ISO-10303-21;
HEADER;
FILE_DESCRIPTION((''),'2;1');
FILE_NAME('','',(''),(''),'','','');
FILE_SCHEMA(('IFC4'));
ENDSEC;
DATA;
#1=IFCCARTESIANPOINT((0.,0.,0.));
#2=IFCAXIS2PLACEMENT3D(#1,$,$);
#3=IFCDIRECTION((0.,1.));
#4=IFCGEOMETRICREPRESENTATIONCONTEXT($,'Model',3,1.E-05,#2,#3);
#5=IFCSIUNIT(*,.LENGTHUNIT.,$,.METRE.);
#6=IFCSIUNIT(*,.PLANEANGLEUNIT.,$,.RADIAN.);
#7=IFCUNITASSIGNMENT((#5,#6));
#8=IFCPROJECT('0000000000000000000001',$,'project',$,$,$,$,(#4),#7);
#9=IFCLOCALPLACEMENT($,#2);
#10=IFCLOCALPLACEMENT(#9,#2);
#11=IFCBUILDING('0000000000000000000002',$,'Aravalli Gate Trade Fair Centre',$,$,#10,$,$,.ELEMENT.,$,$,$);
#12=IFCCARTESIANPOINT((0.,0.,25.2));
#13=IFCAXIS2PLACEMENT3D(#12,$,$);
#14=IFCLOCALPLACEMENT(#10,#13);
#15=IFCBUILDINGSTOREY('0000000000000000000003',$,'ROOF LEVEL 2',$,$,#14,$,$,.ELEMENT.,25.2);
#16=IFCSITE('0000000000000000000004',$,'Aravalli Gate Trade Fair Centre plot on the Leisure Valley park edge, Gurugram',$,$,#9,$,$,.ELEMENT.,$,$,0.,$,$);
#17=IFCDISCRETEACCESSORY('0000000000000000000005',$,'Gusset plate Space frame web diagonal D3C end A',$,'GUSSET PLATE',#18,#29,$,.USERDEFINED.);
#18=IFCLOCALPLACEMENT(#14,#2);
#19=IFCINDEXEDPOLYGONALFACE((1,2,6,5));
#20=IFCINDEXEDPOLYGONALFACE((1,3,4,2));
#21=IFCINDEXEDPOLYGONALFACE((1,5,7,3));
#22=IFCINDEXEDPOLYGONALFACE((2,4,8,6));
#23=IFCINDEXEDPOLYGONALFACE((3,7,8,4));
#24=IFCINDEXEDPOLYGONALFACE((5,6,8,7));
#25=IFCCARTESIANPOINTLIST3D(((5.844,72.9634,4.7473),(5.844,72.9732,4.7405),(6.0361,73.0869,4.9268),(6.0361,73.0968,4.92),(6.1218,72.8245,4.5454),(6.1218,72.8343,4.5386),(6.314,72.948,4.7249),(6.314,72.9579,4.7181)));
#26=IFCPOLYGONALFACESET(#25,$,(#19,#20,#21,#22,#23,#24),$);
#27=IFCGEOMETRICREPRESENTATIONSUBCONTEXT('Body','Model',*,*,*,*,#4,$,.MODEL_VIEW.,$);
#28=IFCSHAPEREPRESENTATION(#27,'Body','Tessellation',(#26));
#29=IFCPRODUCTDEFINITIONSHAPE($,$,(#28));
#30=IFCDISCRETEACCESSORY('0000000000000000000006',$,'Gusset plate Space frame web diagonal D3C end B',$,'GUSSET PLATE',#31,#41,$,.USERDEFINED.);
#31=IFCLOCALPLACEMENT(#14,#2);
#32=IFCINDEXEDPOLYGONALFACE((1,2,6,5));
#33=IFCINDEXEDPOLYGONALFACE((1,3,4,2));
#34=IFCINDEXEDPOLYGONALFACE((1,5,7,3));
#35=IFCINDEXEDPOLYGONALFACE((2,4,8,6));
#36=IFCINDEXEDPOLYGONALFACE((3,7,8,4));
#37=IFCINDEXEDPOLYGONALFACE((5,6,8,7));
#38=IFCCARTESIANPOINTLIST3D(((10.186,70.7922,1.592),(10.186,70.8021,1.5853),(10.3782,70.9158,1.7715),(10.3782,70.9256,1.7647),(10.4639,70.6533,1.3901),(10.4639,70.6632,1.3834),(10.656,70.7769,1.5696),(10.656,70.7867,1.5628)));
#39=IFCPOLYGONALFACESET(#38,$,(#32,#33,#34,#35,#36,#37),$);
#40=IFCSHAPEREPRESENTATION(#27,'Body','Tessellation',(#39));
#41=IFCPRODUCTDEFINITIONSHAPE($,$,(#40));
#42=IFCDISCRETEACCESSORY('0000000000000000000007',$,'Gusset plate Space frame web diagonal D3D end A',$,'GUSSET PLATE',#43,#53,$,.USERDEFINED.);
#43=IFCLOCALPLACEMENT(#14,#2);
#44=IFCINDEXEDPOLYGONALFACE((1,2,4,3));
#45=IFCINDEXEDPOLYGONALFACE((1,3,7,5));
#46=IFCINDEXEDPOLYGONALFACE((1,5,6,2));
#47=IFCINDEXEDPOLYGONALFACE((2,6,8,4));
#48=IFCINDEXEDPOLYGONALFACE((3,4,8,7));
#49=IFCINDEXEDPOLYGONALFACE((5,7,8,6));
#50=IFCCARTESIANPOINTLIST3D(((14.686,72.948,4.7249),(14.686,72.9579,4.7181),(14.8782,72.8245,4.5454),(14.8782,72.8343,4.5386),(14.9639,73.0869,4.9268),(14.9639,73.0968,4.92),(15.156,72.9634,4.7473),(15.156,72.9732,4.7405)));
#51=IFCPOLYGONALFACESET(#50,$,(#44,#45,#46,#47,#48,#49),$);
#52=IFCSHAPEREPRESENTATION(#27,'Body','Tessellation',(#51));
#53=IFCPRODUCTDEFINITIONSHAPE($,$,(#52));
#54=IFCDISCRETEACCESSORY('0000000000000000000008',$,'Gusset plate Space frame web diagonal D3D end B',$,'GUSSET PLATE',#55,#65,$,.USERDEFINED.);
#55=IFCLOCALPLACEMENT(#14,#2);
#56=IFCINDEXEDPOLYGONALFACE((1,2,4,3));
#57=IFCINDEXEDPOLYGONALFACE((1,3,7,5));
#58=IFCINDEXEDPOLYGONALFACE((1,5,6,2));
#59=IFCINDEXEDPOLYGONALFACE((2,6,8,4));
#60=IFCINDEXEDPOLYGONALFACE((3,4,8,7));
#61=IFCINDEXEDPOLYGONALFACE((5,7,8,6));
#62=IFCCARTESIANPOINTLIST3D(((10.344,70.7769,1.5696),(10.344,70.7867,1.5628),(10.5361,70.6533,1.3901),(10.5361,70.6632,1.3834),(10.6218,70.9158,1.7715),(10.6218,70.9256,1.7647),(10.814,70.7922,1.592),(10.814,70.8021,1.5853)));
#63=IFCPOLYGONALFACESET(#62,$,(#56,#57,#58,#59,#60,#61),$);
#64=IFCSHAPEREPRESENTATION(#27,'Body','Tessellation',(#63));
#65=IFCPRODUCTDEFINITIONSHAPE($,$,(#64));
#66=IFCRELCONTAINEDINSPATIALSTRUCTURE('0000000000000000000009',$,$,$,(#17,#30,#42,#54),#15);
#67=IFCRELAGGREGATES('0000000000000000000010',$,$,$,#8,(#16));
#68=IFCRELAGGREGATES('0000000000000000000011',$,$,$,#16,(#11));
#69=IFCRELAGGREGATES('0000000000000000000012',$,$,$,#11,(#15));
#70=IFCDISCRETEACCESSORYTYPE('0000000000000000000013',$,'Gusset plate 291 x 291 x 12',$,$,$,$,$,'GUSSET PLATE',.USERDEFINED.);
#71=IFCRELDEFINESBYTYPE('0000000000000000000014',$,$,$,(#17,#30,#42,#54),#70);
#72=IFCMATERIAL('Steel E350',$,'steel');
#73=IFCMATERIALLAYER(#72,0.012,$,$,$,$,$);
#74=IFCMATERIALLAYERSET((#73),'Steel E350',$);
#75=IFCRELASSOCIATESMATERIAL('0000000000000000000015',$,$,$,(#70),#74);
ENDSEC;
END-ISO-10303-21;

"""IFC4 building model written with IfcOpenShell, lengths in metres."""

from ifc_helpers import new_model, si_unit, direction, frame, origin, place, context, subcontext, project, spatial, polyline, outline, extrude, material, layer, layer_set, type_object, element, save


model = new_model("IFC4")

# Units and contexts
model_context = context("Model", 3, precision=1e-05, world=origin(), true_north=direction((0.0, 1.0)))
body_context = subcontext(model_context, "Body", "Model", "MODEL_VIEW")
ifc_project = project(units=[si_unit("LENGTHUNIT", "METRE"), si_unit("PLANEANGLEUNIT", "RADIAN")], contexts=[model_context])

# Site, building, storey
site_placement = place(None, origin())
site = spatial("IfcSite", under=ifc_project, at=site_placement, Name="Aravalli Gate Trade Fair Centre plot on the Leisure Valley park edge, Gurugram", CompositionType="ELEMENT", RefElevation=0.0)
building_placement = place(site_placement, origin())
building = spatial("IfcBuilding", under=site, at=building_placement, Name="Aravalli Gate Trade Fair Centre", CompositionType="ELEMENT")
storey_placement = place(building_placement, frame((0.0, 0.0, 25.2)))
storey = spatial("IfcBuildingStorey", under=building, at=storey_placement, Name="ROOF LEVEL 2", CompositionType="ELEMENT", Elevation=25.2)

# Shared definitions
ifc_material_1 = material(Name="Steel E350", Category="steel")

# Discrete accessories
ifc_layer_1 = layer(ifc_material_1, 0.012)
ifc_layer_set_1 = layer_set([ifc_layer_1], Name="Steel E350")
discrete_accessory_type = type_object("IfcDiscreteAccessoryType", Name="Gusset plate 291 x 291 x 12", ElementType="GUSSET PLATE", PredefinedType="USERDEFINED", material=ifc_layer_set_1)
discrete_accessory_1_placement = place(storey_placement, frame((6.1218, 72.8245, 4.5454), z_axis=(0.000137, -0.82375, 0.566952), x_axis=(-0.749929, 0.374965, 0.544984)))
element("IfcDiscreteAccessory", 1, at=discrete_accessory_1_placement, inside=storey, type_object=discrete_accessory_type, Name="Gusset plate Space frame web diagonal D3C end A", ObjectType="GUSSET PLATE", PredefinedType="USERDEFINED", context=body_context, shape_type="SweptSolid", body=[
    extrude(outline(polyline([(0.0, 0.0), (0.3705, 0.0), (0.3705, -0.2905), (0.0, -0.2905), (0.0, 0.0)])), origin(), (0.0, 0.0, -1.0), 0.012),
])
discrete_accessory_2_placement = place(storey_placement, frame((10.186, 70.7922, 1.592), z_axis=(0.000137, -0.82375, 0.566952), x_axis=(0.749929, -0.374965, -0.544984)))
element("IfcDiscreteAccessory", 2, at=discrete_accessory_2_placement, inside=storey, type_object=discrete_accessory_type, Name="Gusset plate Space frame web diagonal D3C end B", ObjectType="GUSSET PLATE", PredefinedType="USERDEFINED", context=body_context, shape_type="SweptSolid", body=[
    extrude(outline(polyline([(0.0, 0.0), (0.3705, 0.0), (0.3705, 0.2905), (0.0, 0.2905), (0.0, 0.0)])), origin(), (0.0, 0.0, -1.0), 0.012),
])
discrete_accessory_3_placement = place(storey_placement, frame((14.686, 72.948, 4.7249), z_axis=(-0.000137, -0.82375, 0.566952), x_axis=(0.749929, 0.374965, 0.544984)))
element("IfcDiscreteAccessory", 3, at=discrete_accessory_3_placement, inside=storey, type_object=discrete_accessory_type, Name="Gusset plate Space frame web diagonal D3D end A", ObjectType="GUSSET PLATE", PredefinedType="USERDEFINED", context=body_context, shape_type="SweptSolid", body=[
    extrude(outline(polyline([(0.0, 0.0), (0.3705, 0.0), (0.3705, -0.2905), (0.0, -0.2905), (0.0, 0.0)])), origin(), (0.0, 0.0, -1.0), 0.012),
])
discrete_accessory_4_placement = place(storey_placement, frame((10.6218, 70.9158, 1.7715), z_axis=(-0.000137, -0.82375, 0.566952), x_axis=(-0.749929, -0.374965, -0.544984)))
element("IfcDiscreteAccessory", 4, at=discrete_accessory_4_placement, inside=storey, type_object=discrete_accessory_type, Name="Gusset plate Space frame web diagonal D3D end B", ObjectType="GUSSET PLATE", PredefinedType="USERDEFINED", context=body_context, shape_type="SweptSolid", body=[
    extrude(outline(polyline([(0.0, 0.0), (0.3705, 0.0), (0.3705, 0.2905), (0.0, 0.2905), (0.0, 0.0)])), origin(), (0.0, 0.0, -1.0), 0.012),
])

save(model, "model.ifc")
